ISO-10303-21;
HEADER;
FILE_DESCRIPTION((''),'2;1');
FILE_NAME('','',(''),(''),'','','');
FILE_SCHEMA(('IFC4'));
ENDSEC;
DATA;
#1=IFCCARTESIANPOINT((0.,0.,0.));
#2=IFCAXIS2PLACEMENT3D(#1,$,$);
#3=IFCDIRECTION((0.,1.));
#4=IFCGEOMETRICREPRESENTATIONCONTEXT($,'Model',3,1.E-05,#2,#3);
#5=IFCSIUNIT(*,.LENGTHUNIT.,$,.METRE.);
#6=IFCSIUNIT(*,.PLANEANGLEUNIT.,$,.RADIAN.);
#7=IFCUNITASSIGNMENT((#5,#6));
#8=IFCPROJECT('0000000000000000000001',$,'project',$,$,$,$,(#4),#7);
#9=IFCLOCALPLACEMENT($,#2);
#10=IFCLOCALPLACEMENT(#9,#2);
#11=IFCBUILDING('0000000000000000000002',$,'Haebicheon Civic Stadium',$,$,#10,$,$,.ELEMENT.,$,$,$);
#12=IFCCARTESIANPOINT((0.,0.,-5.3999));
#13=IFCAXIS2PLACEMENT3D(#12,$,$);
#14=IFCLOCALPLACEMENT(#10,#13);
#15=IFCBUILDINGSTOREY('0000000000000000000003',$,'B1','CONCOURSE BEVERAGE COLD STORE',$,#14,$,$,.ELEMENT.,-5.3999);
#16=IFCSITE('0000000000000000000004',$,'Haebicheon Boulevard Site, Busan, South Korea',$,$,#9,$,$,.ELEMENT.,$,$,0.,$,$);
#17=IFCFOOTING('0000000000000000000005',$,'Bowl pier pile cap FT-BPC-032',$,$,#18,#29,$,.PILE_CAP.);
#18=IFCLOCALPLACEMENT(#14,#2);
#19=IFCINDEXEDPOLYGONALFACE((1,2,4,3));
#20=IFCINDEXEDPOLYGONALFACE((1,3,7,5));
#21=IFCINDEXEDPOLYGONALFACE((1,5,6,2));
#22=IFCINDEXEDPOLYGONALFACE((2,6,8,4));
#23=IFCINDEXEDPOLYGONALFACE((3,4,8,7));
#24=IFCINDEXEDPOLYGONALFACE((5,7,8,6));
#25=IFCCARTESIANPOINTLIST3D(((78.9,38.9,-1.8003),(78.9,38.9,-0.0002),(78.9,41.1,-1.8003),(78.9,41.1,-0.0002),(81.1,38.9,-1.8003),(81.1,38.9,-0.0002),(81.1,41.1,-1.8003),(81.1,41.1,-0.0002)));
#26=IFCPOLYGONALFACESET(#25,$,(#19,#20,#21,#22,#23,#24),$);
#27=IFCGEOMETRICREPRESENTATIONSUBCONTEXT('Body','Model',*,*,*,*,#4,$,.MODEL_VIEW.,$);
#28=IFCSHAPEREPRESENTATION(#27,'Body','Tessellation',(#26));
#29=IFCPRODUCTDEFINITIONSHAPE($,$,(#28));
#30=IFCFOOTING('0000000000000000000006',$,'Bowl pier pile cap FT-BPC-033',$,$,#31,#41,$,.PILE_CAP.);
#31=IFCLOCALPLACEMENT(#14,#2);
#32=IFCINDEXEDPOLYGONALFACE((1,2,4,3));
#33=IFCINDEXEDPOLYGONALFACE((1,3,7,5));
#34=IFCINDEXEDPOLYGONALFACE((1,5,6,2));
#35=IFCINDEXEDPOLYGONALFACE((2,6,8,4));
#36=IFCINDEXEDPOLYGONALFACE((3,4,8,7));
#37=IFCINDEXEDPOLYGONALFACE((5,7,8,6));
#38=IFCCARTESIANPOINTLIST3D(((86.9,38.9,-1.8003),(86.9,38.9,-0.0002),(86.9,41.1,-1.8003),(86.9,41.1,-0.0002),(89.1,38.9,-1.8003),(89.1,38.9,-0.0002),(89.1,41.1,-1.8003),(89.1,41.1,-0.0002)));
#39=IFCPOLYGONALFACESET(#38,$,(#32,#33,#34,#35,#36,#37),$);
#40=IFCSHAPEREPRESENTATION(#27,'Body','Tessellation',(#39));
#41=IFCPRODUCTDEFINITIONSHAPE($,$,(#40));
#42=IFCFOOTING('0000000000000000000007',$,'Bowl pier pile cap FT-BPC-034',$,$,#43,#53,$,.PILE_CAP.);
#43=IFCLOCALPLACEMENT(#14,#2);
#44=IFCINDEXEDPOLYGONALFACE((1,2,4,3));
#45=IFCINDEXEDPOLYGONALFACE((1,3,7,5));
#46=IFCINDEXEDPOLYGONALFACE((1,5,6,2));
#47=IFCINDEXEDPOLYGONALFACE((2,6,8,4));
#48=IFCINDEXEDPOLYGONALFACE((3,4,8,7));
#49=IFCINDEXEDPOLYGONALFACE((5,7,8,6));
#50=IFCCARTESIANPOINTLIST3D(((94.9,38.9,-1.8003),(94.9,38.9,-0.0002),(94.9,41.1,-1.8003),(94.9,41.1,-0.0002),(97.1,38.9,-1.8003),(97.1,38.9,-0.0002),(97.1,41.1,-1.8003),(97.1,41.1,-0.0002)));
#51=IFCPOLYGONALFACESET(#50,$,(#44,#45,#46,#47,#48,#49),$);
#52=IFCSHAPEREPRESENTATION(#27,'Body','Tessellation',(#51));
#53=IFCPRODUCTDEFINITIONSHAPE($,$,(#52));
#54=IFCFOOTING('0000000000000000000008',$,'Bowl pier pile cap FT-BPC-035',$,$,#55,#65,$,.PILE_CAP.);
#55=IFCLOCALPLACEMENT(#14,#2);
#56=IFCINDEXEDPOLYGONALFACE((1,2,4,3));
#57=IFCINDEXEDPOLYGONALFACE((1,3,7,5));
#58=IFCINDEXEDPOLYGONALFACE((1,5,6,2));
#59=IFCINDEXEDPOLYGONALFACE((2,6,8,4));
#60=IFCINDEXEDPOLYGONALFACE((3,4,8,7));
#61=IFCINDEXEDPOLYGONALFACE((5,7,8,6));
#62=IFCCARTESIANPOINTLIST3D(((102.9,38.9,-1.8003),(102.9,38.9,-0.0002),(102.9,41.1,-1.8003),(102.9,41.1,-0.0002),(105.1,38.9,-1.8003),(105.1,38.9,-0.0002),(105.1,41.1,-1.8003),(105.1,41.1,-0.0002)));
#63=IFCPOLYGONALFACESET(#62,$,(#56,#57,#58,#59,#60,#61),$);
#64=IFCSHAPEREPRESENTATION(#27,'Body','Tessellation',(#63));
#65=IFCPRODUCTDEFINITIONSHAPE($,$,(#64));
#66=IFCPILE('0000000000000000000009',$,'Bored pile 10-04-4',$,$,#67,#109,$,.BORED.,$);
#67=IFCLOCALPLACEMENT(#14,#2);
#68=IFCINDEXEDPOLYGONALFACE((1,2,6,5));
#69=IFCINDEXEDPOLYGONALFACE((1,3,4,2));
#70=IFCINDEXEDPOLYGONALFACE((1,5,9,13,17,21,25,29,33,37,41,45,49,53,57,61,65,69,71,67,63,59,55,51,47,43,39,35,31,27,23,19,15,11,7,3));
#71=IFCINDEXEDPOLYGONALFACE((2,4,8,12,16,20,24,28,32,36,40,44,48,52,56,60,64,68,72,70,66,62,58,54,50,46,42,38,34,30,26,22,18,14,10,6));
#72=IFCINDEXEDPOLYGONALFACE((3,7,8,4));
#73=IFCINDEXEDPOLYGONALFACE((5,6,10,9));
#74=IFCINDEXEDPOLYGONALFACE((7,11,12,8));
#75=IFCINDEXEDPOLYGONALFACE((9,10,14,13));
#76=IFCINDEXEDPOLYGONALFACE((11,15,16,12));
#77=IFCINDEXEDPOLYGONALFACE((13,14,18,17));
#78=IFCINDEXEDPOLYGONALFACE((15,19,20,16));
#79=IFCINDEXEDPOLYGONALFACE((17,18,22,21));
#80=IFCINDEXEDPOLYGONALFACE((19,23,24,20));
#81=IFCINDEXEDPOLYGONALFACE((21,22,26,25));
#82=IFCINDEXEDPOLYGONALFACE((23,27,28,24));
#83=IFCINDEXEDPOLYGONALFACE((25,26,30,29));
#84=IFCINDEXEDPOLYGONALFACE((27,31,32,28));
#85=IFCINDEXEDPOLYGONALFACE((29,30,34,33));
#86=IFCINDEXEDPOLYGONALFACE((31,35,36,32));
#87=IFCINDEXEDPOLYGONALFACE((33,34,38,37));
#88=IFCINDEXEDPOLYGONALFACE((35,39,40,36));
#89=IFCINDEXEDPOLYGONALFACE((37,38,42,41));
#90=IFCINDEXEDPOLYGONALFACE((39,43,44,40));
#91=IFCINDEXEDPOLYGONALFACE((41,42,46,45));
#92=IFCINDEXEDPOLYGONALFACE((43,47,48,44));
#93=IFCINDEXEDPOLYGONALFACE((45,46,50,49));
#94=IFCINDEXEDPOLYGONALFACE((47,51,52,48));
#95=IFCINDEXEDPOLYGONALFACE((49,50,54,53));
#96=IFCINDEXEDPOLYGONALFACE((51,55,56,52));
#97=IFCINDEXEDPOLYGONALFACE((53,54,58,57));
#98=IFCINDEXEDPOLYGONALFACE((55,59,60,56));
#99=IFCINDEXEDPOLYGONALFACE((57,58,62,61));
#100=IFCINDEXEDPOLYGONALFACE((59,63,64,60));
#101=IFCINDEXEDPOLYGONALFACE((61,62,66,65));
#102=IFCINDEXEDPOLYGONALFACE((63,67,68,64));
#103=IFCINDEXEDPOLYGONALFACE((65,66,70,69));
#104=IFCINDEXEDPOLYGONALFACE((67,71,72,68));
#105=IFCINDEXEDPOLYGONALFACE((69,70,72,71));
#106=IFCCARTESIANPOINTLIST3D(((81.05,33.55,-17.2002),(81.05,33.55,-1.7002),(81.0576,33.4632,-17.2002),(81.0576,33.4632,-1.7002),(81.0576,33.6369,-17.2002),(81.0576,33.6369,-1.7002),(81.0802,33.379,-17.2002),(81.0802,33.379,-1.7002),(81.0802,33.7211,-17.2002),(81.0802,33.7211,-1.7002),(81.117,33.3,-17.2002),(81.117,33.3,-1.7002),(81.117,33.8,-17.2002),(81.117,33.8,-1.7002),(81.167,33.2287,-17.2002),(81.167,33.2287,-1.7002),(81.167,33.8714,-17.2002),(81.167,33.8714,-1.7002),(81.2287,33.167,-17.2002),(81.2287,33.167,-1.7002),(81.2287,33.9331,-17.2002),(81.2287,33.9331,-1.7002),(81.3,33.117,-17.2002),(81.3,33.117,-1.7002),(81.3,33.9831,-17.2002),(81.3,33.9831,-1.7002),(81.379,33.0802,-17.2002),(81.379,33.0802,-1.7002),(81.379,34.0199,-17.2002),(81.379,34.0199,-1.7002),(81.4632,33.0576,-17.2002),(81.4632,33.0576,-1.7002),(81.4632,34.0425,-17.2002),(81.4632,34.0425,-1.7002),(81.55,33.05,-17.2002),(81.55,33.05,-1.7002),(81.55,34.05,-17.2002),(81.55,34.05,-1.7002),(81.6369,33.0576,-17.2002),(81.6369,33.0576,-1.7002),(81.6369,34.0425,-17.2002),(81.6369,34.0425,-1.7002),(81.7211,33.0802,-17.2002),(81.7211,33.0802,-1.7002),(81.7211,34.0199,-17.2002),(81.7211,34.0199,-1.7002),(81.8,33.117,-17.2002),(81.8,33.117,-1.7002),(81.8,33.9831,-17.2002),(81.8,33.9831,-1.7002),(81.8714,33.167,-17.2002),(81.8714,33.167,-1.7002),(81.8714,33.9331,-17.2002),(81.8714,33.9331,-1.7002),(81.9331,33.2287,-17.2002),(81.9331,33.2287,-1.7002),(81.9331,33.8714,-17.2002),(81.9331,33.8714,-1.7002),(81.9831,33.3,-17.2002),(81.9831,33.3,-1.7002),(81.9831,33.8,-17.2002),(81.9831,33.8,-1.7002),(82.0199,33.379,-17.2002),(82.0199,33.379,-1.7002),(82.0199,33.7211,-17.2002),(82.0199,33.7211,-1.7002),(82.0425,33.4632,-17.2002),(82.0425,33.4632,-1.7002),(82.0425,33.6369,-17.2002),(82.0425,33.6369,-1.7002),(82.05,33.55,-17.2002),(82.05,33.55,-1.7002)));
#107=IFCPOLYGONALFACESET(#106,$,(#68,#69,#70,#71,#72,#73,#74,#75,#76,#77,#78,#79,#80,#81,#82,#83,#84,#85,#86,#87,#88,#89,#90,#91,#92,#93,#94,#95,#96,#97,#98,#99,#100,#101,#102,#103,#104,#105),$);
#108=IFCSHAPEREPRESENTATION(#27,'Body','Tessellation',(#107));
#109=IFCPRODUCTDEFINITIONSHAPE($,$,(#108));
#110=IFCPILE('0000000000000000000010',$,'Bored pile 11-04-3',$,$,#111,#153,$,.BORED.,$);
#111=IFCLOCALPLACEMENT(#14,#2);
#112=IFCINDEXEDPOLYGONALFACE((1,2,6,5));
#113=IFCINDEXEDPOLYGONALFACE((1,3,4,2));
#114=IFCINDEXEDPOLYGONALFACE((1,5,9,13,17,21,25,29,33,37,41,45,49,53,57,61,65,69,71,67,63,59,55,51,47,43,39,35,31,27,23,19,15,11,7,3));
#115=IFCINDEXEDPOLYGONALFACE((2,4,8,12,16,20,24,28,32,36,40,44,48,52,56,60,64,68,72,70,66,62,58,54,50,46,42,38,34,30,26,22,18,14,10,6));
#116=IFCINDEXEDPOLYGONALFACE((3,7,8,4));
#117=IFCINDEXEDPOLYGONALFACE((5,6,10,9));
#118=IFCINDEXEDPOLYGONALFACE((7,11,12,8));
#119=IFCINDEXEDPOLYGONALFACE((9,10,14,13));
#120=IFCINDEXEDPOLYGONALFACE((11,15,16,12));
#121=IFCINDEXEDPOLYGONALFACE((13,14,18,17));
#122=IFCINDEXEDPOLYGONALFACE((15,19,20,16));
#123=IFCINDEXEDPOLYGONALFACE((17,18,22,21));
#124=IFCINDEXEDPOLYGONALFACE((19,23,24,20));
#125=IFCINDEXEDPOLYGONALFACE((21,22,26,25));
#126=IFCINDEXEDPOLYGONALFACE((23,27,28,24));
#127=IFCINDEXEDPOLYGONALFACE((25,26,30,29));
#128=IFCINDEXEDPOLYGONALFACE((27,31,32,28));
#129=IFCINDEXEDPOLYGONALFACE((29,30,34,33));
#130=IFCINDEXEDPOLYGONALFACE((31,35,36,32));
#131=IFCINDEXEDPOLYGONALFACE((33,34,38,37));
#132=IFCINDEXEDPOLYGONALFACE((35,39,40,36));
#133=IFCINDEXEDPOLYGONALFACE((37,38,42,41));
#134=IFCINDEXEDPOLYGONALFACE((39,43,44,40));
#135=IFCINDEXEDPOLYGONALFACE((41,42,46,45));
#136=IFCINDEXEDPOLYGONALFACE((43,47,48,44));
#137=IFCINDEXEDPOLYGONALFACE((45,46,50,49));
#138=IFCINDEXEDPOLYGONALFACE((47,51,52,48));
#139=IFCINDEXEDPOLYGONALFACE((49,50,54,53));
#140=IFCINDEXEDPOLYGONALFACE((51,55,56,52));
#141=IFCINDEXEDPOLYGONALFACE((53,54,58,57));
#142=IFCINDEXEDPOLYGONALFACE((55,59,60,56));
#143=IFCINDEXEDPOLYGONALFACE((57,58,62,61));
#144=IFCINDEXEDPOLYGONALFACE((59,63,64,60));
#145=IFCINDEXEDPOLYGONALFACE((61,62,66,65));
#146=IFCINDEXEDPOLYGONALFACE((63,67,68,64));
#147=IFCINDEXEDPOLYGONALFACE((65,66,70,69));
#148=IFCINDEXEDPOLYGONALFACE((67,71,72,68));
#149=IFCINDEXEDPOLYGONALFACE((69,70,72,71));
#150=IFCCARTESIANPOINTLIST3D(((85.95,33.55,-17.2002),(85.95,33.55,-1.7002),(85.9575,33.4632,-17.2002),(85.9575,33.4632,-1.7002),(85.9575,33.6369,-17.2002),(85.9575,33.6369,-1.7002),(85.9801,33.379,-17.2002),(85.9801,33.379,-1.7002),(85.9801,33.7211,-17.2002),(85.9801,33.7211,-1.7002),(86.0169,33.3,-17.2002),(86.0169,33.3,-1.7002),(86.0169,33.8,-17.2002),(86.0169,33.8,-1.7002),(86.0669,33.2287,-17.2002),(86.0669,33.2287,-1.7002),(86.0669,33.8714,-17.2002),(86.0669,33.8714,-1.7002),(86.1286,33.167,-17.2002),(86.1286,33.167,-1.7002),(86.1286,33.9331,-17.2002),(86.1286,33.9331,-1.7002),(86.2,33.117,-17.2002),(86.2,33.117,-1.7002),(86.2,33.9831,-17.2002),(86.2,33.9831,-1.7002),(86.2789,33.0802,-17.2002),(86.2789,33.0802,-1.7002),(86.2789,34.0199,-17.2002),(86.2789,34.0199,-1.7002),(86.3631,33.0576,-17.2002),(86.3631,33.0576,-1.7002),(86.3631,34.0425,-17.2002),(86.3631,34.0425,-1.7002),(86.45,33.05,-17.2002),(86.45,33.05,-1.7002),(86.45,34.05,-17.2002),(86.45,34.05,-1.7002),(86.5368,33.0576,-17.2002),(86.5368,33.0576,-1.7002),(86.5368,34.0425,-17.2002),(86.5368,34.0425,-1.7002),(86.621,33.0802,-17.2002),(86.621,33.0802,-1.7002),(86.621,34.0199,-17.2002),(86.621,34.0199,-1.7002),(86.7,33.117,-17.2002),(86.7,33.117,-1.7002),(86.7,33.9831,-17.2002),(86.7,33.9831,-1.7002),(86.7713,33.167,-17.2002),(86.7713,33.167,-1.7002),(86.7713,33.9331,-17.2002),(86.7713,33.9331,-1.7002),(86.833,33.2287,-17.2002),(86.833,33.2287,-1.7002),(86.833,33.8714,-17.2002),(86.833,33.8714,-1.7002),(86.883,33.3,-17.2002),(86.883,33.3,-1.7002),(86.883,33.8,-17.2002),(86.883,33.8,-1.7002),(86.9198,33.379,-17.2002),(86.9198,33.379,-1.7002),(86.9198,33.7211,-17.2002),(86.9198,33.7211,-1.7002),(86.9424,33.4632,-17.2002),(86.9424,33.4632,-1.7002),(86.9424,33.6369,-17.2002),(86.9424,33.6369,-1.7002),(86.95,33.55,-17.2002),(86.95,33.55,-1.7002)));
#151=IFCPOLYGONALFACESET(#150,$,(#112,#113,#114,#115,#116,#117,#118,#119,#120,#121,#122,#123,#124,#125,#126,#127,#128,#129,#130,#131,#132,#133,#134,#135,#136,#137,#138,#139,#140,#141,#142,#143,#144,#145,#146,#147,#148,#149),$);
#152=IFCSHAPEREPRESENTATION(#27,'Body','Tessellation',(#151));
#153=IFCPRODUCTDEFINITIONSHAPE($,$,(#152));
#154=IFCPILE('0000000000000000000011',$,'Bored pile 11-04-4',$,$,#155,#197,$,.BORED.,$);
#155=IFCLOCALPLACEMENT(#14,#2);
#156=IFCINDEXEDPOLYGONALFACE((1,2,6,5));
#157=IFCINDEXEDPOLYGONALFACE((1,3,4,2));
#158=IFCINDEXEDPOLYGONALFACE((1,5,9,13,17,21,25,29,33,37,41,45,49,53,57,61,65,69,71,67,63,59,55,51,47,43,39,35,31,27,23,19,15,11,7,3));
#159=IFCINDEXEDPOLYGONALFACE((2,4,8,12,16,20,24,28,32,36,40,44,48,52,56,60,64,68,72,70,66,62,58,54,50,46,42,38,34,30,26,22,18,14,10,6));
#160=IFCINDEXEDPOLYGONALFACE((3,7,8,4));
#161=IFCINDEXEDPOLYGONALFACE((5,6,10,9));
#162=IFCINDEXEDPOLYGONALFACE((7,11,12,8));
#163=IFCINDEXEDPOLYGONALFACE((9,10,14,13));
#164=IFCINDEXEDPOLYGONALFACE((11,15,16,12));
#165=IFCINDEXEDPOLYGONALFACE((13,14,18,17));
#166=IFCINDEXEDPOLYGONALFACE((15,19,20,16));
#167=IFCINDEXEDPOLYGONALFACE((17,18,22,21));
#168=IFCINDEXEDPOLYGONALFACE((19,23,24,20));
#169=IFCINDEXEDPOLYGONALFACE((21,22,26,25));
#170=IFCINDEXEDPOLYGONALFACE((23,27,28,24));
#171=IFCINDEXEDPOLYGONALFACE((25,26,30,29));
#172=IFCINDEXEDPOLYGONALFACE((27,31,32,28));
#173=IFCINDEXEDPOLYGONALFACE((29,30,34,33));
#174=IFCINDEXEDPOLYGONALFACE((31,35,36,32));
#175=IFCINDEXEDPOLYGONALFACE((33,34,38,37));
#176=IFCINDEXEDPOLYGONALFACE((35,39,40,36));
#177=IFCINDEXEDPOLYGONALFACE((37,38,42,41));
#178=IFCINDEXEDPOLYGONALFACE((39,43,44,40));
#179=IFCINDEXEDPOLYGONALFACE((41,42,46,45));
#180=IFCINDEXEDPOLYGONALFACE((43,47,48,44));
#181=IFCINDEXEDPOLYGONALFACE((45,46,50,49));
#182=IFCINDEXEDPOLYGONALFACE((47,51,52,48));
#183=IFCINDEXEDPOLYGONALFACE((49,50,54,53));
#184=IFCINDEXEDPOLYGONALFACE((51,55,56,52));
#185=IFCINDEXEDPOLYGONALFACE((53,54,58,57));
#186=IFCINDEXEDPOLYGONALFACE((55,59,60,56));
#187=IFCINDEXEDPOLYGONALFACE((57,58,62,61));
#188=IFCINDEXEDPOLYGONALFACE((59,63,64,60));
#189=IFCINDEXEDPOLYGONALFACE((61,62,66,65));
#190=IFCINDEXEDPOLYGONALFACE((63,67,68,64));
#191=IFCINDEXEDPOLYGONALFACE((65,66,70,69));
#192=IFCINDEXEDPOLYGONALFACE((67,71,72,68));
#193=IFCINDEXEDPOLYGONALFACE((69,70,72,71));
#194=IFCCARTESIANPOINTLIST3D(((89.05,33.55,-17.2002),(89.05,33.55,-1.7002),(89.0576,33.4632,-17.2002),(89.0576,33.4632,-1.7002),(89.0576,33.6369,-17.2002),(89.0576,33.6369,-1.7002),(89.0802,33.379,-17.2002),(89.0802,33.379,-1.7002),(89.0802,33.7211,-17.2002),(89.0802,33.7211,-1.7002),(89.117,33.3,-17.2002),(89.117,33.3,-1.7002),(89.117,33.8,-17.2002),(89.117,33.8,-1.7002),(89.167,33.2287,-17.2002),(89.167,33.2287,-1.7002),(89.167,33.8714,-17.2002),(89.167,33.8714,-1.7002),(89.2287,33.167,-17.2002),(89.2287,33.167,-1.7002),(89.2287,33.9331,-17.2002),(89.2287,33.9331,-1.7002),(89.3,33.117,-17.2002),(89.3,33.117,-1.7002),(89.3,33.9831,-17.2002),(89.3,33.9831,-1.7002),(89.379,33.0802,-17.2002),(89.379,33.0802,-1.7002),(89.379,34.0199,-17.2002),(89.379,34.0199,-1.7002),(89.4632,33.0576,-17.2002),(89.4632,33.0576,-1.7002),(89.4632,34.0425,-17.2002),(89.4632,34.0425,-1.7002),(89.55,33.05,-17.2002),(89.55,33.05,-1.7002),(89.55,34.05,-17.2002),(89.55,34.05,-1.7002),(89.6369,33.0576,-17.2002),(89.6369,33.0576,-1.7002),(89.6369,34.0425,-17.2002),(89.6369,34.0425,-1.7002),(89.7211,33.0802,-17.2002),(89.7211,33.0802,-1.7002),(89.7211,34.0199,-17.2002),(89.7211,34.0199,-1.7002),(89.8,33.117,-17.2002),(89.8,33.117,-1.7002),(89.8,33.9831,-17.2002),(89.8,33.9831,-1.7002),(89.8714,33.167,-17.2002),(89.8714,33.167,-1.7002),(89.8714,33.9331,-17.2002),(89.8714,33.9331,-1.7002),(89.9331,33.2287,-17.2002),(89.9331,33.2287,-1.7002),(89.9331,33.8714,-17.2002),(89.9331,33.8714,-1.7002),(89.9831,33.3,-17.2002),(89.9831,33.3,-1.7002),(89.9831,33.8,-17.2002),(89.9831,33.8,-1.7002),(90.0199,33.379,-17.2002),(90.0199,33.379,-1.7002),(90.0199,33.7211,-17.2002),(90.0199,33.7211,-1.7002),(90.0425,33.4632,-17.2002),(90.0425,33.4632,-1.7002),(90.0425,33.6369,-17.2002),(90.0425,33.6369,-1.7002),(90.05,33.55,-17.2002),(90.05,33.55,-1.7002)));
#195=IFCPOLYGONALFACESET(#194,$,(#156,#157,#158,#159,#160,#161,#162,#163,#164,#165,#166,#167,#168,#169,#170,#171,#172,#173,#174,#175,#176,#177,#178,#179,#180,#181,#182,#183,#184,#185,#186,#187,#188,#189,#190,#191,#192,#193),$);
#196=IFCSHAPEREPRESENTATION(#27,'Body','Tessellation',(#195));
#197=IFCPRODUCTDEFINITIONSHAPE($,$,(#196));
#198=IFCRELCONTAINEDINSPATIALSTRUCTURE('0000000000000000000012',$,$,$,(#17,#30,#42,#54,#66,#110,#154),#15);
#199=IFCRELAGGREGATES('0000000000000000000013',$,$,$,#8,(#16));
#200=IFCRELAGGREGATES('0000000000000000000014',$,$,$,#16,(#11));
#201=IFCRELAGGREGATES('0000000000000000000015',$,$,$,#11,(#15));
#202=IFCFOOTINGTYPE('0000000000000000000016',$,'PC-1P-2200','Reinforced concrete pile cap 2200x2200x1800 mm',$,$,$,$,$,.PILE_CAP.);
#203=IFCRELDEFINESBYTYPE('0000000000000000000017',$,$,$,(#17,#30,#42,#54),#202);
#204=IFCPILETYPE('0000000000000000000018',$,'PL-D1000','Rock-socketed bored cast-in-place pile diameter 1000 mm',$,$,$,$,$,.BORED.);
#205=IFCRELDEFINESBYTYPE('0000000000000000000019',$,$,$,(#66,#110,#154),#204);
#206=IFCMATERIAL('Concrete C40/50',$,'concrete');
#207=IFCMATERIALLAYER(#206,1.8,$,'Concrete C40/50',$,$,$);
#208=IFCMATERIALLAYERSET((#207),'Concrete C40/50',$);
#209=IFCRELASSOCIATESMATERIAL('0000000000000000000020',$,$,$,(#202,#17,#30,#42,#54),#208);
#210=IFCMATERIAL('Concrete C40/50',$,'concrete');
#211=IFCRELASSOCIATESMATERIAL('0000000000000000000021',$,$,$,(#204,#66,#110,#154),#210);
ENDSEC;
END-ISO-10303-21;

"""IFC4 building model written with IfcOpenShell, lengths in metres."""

from ifc_helpers import new_model, si_unit, direction, frame, origin, origin_2d, place, context, subcontext, project, spatial, rectangle, circle, extrude, material, layer, layer_set, material_profile, profile_set, type_object, element, save


model = new_model("IFC4")

# Units and contexts
model_context = context("Model", 3, precision=1e-05, world=origin(), true_north=direction((0.0, 1.0)))
body_context = subcontext(model_context, "Body", "Model", "MODEL_VIEW")
ifc_project = project(units=[si_unit("LENGTHUNIT", "METRE"), si_unit("PLANEANGLEUNIT", "RADIAN")], contexts=[model_context])

# Site, building, storey
site_placement = place(None, origin())
site = spatial("IfcSite", under=ifc_project, at=site_placement, Name="Haebicheon Boulevard Site, Busan, South Korea", CompositionType="ELEMENT", RefElevation=0.0)
building_placement = place(site_placement, origin())
building = spatial("IfcBuilding", under=site, at=building_placement, Name="Haebicheon Civic Stadium", CompositionType="ELEMENT")
storey_placement = place(building_placement, frame((0.0, 0.0, -5.3999)))
storey = spatial("IfcBuildingStorey", under=building, at=storey_placement, Name="B1", Description="CONCOURSE BEVERAGE COLD STORE", CompositionType="ELEMENT", Elevation=-5.3999)

# Footings
ifc_material_1 = material(Name="Concrete C40/50", Category="concrete")
ifc_layer = layer(ifc_material_1, 1.8, Name="Concrete C40/50")
ifc_layer_set = layer_set([ifc_layer], Name="Concrete C40/50")
footing_type = type_object("IfcFootingType", Name="PC-1P-2200", Description="Reinforced concrete pile cap 2200x2200x1800 mm", PredefinedType="PILE_CAP", material=ifc_layer_set)
for number, where, z_axis, x_axis, name in (
    (1, (80.0, 40.0, -1.8003), (0.0, 0.0, 1.0), (1.0, 0.0, 0.0), "Bowl pier pile cap FT-BPC-032"),
    (2, (88.0, 40.0, -1.8003), (0.0, 0.0, 1.0), (1.0, 0.0, 0.0), "Bowl pier pile cap FT-BPC-033"),
    (3, (96.0, 40.0, -1.8003), (0.0, 0.0, 1.0), (1.0, 0.0, 0.0), "Bowl pier pile cap FT-BPC-034"),
    (4, (104.0, 40.0, -1.8003), (0.0, 0.0, 1.0), (1.0, 0.0, 0.0), "Bowl pier pile cap FT-BPC-035"),
):
    element("IfcFooting", number, at=place(storey_placement, frame(where, z_axis=z_axis, x_axis=x_axis)), inside=storey, type_object=footing_type, material=ifc_layer_set, Name=name, PredefinedType="PILE_CAP", context=body_context, shape_type="SweptSolid", body=[
        extrude(rectangle(XDim=2.2, YDim=2.2, at=origin_2d()), origin(), (0.0, 0.0, 1.0), 1.8),
    ])

# Piles
ifc_material_2 = material(Name="Concrete C40/50", Category="concrete")
ifc_material_profile_1 = material_profile(ifc_material_2, circle(Radius=0.5, at=origin_2d()), Name="PILE-D1000")
ifc_profile_set_1 = profile_set([ifc_material_profile_1], Name="Concrete C40/50")
pile_type = type_object("IfcPileType", Name="PL-D1000", Description="Rock-socketed bored cast-in-place pile diameter 1000 mm", PredefinedType="BORED", material=ifc_profile_set_1)
for number, where, z_axis, x_axis, name in (
    (5, (81.55, 33.55, -1.7002), (0.0, 0.0, -1.0), (1.0, 0.0, 0.0), "Bored pile 10-04-4"),
    (6, (86.45, 33.55, -1.7002), (0.0, 0.0, -1.0), (1.0, 0.0, 0.0), "Bored pile 11-04-3"),
    (7, (89.55, 33.55, -1.7002), (0.0, 0.0, -1.0), (1.0, 0.0, 0.0), "Bored pile 11-04-4"),
):
    element("IfcPile", number, at=place(storey_placement, frame(where, z_axis=z_axis, x_axis=x_axis)), inside=storey, type_object=pile_type, material=ifc_profile_set_1, Name=name, PredefinedType="BORED", context=body_context, shape_type="SweptSolid", body=[
        extrude(circle(Radius=0.5, at=origin_2d()), origin(), (0.0, 0.0, 1.0), 15.5),
    ])

save(model, "model.ifc")
